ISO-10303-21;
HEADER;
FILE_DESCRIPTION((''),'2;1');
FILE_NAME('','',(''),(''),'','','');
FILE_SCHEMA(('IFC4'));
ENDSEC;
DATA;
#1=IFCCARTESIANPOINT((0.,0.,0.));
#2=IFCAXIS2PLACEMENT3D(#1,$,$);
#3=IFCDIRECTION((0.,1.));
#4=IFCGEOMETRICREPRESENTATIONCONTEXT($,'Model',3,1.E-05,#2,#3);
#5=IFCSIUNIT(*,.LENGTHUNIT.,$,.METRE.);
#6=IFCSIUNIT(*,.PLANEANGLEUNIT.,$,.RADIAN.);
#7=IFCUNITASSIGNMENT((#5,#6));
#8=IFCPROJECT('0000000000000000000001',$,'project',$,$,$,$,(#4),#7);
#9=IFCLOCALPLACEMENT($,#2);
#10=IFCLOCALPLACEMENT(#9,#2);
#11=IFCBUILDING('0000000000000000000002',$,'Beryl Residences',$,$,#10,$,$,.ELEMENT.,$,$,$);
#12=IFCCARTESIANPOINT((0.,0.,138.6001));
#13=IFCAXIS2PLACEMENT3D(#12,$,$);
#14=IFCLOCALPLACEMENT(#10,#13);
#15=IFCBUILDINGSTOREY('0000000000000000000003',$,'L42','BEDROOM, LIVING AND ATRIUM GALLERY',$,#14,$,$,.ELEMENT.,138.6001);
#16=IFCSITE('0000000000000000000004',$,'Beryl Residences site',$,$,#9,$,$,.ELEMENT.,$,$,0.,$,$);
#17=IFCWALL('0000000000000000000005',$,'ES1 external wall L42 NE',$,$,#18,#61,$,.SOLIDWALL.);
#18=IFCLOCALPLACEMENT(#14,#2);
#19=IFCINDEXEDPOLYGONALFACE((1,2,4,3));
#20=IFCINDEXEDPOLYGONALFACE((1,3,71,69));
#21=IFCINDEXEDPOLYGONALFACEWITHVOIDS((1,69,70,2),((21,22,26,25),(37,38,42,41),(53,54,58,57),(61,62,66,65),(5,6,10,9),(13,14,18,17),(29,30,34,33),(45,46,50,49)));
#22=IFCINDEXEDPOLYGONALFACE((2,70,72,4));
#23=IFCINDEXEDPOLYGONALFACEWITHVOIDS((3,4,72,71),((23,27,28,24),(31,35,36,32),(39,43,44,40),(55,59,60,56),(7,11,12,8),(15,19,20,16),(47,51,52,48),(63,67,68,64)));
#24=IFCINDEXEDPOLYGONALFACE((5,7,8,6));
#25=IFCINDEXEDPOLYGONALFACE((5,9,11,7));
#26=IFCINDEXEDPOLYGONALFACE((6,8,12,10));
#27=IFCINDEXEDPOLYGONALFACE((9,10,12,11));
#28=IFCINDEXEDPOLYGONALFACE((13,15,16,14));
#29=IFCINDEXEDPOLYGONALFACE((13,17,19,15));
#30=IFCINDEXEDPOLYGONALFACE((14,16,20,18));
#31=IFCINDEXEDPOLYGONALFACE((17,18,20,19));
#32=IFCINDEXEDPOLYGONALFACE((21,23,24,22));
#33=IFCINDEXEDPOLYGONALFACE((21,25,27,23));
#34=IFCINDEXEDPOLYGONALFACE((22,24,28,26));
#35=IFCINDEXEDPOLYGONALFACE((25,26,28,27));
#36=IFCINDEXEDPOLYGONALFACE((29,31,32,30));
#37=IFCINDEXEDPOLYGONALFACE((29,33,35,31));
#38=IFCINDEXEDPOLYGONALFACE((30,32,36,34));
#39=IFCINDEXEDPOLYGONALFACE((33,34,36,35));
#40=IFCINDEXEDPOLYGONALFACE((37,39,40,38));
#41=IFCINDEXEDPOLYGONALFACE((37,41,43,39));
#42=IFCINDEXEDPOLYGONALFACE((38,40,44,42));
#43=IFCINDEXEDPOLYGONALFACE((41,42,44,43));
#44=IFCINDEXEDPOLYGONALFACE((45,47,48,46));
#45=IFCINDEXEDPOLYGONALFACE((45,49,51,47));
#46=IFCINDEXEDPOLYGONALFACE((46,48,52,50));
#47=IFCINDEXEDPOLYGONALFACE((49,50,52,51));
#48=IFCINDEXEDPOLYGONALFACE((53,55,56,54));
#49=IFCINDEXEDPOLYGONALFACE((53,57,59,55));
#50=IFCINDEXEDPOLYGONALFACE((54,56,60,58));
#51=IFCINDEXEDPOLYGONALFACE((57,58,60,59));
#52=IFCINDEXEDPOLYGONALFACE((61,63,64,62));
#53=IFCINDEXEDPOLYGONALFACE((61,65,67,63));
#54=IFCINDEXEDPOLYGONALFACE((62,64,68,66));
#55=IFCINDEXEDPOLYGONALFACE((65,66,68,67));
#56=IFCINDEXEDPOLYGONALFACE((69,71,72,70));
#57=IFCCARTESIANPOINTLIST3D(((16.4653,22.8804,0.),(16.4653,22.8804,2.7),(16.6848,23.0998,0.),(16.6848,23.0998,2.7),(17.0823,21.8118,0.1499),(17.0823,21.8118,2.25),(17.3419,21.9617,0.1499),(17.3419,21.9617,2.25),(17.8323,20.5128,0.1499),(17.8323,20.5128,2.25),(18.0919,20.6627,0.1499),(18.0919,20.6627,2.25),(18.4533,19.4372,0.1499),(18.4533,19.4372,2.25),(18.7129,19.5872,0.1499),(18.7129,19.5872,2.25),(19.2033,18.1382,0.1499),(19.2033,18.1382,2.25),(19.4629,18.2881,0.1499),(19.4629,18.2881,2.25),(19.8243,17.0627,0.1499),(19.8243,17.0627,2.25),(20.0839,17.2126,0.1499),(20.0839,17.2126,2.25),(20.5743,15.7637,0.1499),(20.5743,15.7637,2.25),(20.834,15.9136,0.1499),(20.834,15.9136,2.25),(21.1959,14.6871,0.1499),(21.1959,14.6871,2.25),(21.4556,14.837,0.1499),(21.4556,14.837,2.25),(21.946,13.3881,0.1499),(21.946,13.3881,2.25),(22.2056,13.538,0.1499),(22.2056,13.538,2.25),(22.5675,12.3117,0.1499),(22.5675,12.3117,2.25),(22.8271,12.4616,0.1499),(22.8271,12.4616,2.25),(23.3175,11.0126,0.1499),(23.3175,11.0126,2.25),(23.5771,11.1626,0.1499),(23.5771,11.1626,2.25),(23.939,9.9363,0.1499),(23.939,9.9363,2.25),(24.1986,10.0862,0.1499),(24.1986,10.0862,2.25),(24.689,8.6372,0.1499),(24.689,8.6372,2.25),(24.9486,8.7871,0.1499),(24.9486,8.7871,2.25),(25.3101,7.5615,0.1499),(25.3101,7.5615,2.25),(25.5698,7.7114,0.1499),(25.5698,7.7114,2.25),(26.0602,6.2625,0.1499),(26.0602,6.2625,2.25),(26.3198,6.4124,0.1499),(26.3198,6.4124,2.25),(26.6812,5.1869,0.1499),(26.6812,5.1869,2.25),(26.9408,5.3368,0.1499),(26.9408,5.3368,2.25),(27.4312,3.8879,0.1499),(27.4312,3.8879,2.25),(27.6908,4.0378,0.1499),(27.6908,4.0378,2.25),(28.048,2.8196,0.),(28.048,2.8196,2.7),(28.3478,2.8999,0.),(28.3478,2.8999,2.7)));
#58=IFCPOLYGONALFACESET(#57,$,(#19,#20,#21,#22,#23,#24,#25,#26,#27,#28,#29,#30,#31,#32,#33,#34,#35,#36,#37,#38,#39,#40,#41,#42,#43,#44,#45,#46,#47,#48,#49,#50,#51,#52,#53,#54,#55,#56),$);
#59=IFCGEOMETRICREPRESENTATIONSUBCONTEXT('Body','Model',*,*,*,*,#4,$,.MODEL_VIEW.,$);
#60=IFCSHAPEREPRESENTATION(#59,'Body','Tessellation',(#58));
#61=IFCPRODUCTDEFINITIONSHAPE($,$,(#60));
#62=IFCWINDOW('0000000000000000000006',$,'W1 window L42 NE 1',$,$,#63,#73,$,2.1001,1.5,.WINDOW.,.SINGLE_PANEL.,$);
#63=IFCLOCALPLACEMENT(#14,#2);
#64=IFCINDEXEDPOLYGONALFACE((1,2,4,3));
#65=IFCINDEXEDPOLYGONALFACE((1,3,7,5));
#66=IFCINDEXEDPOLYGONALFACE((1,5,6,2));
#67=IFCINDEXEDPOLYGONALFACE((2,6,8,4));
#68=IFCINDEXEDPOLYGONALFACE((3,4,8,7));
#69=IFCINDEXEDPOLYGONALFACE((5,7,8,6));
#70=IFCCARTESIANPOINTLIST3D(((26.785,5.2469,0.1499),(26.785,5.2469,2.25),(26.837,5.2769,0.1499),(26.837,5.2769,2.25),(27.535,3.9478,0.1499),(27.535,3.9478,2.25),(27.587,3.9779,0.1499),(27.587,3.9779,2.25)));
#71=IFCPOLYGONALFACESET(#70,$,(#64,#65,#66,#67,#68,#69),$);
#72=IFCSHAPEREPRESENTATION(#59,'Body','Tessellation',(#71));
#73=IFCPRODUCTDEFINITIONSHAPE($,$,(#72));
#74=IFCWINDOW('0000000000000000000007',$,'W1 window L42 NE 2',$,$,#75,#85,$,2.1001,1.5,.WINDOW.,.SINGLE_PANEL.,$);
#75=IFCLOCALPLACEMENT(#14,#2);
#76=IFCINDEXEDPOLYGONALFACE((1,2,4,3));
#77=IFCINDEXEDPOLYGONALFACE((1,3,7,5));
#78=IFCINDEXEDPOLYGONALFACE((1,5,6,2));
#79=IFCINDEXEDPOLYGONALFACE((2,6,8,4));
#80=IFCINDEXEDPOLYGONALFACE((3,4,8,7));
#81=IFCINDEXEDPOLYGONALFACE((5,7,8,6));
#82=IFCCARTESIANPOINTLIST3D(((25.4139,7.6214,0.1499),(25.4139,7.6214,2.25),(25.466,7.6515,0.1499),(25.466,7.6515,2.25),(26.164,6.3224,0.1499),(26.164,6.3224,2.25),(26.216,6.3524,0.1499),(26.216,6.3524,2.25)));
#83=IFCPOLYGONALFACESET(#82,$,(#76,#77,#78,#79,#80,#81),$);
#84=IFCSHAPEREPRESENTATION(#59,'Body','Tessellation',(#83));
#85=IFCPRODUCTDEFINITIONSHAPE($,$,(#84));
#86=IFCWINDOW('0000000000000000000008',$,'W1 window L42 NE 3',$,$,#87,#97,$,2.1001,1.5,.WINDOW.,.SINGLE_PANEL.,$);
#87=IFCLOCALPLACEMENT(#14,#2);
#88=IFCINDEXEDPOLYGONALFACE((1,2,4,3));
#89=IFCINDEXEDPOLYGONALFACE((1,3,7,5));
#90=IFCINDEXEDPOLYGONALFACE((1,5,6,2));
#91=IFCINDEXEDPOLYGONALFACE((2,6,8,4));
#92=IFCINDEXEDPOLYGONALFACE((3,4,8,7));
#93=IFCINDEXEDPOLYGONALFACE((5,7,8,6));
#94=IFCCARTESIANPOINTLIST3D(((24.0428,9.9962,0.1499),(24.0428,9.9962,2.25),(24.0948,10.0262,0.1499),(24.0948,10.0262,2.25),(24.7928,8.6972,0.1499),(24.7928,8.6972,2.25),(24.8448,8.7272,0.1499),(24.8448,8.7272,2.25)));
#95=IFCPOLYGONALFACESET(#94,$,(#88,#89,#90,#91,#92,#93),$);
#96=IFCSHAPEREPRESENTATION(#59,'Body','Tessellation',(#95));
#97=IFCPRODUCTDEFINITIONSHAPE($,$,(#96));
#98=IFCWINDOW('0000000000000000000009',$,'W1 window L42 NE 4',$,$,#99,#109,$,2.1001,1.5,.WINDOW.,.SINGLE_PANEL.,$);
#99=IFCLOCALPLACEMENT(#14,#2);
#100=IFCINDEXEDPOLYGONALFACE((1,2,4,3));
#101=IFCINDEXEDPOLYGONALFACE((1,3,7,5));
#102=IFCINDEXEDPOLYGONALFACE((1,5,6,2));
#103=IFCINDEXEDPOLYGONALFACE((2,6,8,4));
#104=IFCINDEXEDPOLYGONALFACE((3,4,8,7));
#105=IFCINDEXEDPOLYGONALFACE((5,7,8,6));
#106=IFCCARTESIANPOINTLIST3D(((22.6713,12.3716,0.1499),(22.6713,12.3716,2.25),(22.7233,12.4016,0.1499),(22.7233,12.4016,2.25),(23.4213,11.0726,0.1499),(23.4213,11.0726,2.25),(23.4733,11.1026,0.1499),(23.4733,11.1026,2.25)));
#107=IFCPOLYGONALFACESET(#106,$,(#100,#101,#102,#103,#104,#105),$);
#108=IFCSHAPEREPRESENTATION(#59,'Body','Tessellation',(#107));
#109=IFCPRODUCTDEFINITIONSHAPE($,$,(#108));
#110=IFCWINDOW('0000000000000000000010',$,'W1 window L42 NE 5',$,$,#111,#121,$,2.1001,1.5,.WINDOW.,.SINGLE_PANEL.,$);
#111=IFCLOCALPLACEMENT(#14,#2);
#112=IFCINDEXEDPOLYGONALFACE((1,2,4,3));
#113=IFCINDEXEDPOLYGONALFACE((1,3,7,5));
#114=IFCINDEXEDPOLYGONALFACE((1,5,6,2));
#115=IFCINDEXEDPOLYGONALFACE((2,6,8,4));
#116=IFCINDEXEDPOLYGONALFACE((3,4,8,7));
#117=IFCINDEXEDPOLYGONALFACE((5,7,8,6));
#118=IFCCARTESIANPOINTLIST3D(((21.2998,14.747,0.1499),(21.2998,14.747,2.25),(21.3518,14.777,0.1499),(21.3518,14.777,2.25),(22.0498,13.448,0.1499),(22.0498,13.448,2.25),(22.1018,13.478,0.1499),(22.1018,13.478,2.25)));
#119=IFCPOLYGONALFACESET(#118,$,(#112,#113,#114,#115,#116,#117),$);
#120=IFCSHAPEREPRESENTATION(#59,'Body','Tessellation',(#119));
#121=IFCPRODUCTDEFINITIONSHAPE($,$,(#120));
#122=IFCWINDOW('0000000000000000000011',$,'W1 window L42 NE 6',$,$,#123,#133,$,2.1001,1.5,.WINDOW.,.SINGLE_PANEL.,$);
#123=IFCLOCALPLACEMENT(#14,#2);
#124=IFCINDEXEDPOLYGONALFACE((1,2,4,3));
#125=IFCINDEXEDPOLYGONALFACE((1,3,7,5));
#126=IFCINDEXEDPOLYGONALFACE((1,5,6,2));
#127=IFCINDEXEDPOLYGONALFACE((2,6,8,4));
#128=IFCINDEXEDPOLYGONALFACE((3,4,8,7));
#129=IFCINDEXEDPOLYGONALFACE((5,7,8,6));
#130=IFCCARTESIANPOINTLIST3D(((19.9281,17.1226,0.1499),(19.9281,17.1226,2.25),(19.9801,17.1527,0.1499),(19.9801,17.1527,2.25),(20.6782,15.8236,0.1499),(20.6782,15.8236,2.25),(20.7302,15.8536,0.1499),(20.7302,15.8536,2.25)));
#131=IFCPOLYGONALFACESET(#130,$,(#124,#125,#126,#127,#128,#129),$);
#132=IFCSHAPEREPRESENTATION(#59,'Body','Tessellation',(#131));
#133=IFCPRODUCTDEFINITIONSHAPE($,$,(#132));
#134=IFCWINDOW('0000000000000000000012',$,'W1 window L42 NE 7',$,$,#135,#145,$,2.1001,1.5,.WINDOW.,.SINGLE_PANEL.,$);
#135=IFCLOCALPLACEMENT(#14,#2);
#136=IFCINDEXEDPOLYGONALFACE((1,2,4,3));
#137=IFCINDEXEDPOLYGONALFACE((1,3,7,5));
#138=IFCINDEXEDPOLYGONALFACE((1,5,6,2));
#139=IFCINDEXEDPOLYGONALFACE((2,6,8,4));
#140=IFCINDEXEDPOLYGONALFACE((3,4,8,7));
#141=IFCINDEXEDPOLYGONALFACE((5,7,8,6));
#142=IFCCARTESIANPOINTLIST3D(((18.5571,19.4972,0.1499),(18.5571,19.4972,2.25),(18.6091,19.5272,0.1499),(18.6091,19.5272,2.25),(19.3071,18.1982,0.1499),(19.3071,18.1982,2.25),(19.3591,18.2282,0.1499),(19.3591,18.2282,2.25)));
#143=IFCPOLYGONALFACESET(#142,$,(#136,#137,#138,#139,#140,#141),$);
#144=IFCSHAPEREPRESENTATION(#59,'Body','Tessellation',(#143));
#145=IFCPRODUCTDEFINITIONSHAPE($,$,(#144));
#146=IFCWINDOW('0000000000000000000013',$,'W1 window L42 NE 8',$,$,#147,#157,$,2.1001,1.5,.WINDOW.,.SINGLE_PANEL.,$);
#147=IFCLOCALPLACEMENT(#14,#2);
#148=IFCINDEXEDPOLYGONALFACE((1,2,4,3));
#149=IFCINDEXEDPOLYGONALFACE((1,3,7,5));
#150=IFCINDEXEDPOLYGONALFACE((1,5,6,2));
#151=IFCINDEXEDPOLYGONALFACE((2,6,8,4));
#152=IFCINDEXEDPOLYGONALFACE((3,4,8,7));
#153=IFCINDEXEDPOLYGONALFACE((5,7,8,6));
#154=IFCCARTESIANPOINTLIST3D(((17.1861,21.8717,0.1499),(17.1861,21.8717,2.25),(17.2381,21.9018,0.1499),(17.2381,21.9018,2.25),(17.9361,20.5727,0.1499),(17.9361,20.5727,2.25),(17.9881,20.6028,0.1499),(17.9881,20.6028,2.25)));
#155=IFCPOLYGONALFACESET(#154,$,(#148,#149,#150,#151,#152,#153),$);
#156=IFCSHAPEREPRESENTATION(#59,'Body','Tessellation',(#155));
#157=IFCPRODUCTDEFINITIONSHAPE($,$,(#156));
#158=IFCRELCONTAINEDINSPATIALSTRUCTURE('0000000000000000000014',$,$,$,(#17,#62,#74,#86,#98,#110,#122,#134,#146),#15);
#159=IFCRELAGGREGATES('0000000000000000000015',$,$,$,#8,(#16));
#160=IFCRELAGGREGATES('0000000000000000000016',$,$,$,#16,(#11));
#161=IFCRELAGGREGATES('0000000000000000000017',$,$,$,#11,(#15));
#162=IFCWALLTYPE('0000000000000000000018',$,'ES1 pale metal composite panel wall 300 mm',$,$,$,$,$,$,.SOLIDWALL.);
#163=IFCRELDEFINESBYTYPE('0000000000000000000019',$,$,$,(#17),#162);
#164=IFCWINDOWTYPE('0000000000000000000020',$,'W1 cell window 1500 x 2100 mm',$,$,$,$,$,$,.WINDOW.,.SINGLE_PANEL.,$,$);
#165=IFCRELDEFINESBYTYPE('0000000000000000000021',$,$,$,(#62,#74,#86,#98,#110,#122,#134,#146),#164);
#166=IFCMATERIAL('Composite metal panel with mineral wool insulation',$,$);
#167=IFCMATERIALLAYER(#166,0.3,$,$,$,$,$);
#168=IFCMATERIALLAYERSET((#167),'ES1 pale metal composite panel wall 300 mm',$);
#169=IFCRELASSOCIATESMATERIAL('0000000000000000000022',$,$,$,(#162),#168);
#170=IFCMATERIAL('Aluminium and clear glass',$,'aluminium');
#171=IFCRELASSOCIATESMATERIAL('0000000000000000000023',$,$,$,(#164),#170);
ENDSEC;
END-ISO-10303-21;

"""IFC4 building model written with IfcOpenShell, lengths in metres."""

from ifc_helpers import new_model, si_unit, direction, frame, frame_2d, origin, place, context, subcontext, project, spatial, polyline, rectangle, outline, extrude, material, layer, layer_set, type_object, element, fill, save


model = new_model("IFC4")

# Units and contexts
model_context = context("Model", 3, precision=1e-05, world=origin(), true_north=direction((0.0, 1.0)))
body_context = subcontext(model_context, "Body", "Model", "MODEL_VIEW")
ifc_project = project(units=[si_unit("LENGTHUNIT", "METRE"), si_unit("PLANEANGLEUNIT", "RADIAN")], contexts=[model_context])

# Site, building, storey
site_placement = place(None, origin())
site = spatial("IfcSite", under=ifc_project, at=site_placement, Name="Beryl Residences site", CompositionType="ELEMENT", RefElevation=0.0)
building_placement = place(site_placement, origin())
building = spatial("IfcBuilding", under=site, at=building_placement, Name="Beryl Residences", CompositionType="ELEMENT")
storey_placement = place(building_placement, frame((0.0, 0.0, 138.6001)))
storey = spatial("IfcBuildingStorey", under=building, at=storey_placement, Name="L42", Description="BEDROOM, LIVING AND ATRIUM GALLERY", CompositionType="ELEMENT", Elevation=138.6001)

# Wall, openings, windows
ifc_material_1 = material(Name="Composite metal panel with mineral wool insulation")
ifc_layer = layer(ifc_material_1, 0.3)
ifc_layer_set = layer_set([ifc_layer], Name="ES1 pale metal composite panel wall 300 mm")
wall_type = type_object("IfcWallType", Name="ES1 pale metal composite panel wall 300 mm", PredefinedType="SOLIDWALL", material=ifc_layer_set)
wall_1_placement = place(storey_placement, frame((28.218, 2.825, 0.0), z_axis=(0.0, 0.0, 1.0), x_axis=(-0.500021, 0.866014, 0.0)))
wall_1 = element("IfcWall", 1, at=wall_1_placement, inside=storey, type_object=wall_type, Name="ES1 external wall L42 NE", PredefinedType="SOLIDWALL", context=body_context, shape_type="SweptSolid", body=[
    extrude(outline(polyline([(0.0, -0.1499), (23.3252, -0.1499), (23.2449, 0.1499), (0.0803, 0.1499), (0.0, -0.1499)])), origin(), (0.0, 0.0, 1.0), 2.7),
])
opening_1_placement = place(wall_1_placement, frame((1.314, 0.0, 0.1499)))
opening_1 = element("IfcOpeningElement", 2, at=opening_1_placement, cuts=wall_1, PredefinedType="OPENING", context=body_context, shape_type="SweptSolid", body=[
    extrude(rectangle(XDim=1.5, YDim=2.1001, at=frame_2d((0.75, 1.05))), frame((0.0, 0.1599, 0.0), z_axis=(0.0, -1.0, 0.0), x_axis=(1.0, 0.0, 0.0)), (0.0, 0.0, 1.0), 0.3201),
])
opening_2_placement = place(wall_1_placement, frame((4.0559, 0.0, 0.1499)))
opening_2 = element("IfcOpeningElement", 3, at=opening_2_placement, cuts=wall_1, PredefinedType="OPENING", context=body_context, shape_type="SweptSolid", body=[
    extrude(rectangle(XDim=1.5, YDim=2.1001, at=frame_2d((0.75, 1.05))), frame((0.0, 0.1599, 0.0), z_axis=(0.0, -1.0, 0.0), x_axis=(1.0, 0.0, 0.0)), (0.0, 0.0, 1.0), 0.3201),
])
opening_3_placement = place(wall_1_placement, frame((6.7981, 0.0, 0.1499)))
opening_3 = element("IfcOpeningElement", 4, at=opening_3_placement, cuts=wall_1, PredefinedType="OPENING", context=body_context, shape_type="SweptSolid", body=[
    extrude(rectangle(XDim=1.5, YDim=2.1001, at=frame_2d((0.75, 1.05))), frame((0.0, 0.1599, 0.0), z_axis=(0.0, -1.0, 0.0), x_axis=(1.0, 0.0, 0.0)), (0.0, 0.0, 1.0), 0.3201),
])
opening_4_placement = place(wall_1_placement, frame((9.541, 0.0, 0.1499)))
opening_4 = element("IfcOpeningElement", 5, at=opening_4_placement, cuts=wall_1, PredefinedType="OPENING", context=body_context, shape_type="SweptSolid", body=[
    extrude(rectangle(XDim=1.5, YDim=2.1001, at=frame_2d((0.75, 1.05))), frame((0.0, 0.1599, 0.0), z_axis=(0.0, -1.0, 0.0), x_axis=(1.0, 0.0, 0.0)), (0.0, 0.0, 1.0), 0.3201),
])
opening_5_placement = place(wall_1_placement, frame((12.2839, 0.0, 0.1499)))
opening_5 = element("IfcOpeningElement", 6, at=opening_5_placement, cuts=wall_1, PredefinedType="OPENING", context=body_context, shape_type="SweptSolid", body=[
    extrude(rectangle(XDim=1.5, YDim=2.1001, at=frame_2d((0.75, 1.05))), frame((0.0, 0.1599, 0.0), z_axis=(0.0, -1.0, 0.0), x_axis=(1.0, 0.0, 0.0)), (0.0, 0.0, 1.0), 0.3201),
])
opening_6_placement = place(wall_1_placement, frame((15.0271, 0.0, 0.1499)))
opening_6 = element("IfcOpeningElement", 7, at=opening_6_placement, cuts=wall_1, PredefinedType="OPENING", context=body_context, shape_type="SweptSolid", body=[
    extrude(rectangle(XDim=1.5, YDim=2.1001, at=frame_2d((0.75, 1.05))), frame((0.0, 0.1599, 0.0), z_axis=(0.0, -1.0, 0.0), x_axis=(1.0, 0.0, 0.0)), (0.0, 0.0, 1.0), 0.3201),
])
opening_7_placement = place(wall_1_placement, frame((17.769, 0.0, 0.1499)))
opening_7 = element("IfcOpeningElement", 8, at=opening_7_placement, cuts=wall_1, PredefinedType="OPENING", context=body_context, shape_type="SweptSolid", body=[
    extrude(rectangle(XDim=1.5, YDim=2.1001, at=frame_2d((0.75, 1.05))), frame((0.0, 0.1599, 0.0), z_axis=(0.0, -1.0, 0.0), x_axis=(1.0, 0.0, 0.0)), (0.0, 0.0, 1.0), 0.3201),
])
opening_8_placement = place(wall_1_placement, frame((20.511, 0.0, 0.1499)))
opening_8 = element("IfcOpeningElement", 9, at=opening_8_placement, cuts=wall_1, PredefinedType="OPENING", context=body_context, shape_type="SweptSolid", body=[
    extrude(rectangle(XDim=1.5, YDim=2.1001, at=frame_2d((0.75, 1.05))), frame((0.0, 0.1599, 0.0), z_axis=(0.0, -1.0, 0.0), x_axis=(1.0, 0.0, 0.0)), (0.0, 0.0, 1.0), 0.3201),
])
ifc_material_2 = material(Name="Aluminium and clear glass", Category="aluminium")
window_type_1 = type_object("IfcWindowType", Name="W1 cell window 1500 x 2100 mm", PartitioningType="SINGLE_PANEL", PredefinedType="WINDOW", material=ifc_material_2)
window_1_placement = place(opening_1_placement, origin())
window_1 = element("IfcWindow", 10, at=window_1_placement, inside=storey, type_object=window_type_1, Name="W1 window L42 NE 1", OverallHeight=2.1001, OverallWidth=1.5, PartitioningType="SINGLE_PANEL", PredefinedType="WINDOW", context=body_context, shape_type="SweptSolid", body=[
    extrude(rectangle(XDim=1.5, YDim=2.1001, at=frame_2d((0.75, 1.05))), frame((0.0, 0.03, 0.0), z_axis=(0.0, -1.0, 0.0), x_axis=(1.0, 0.0, 0.0)), (0.0, 0.0, 1.0), 0.0601),
])
fill(opening_1, window_1)
window_2_placement = place(opening_2_placement, origin())
window_2 = element("IfcWindow", 11, at=window_2_placement, inside=storey, type_object=window_type_1, Name="W1 window L42 NE 2", OverallHeight=2.1001, OverallWidth=1.5, PartitioningType="SINGLE_PANEL", PredefinedType="WINDOW", context=body_context, shape_type="SweptSolid", body=[
    extrude(rectangle(XDim=1.5, YDim=2.1001, at=frame_2d((0.75, 1.05))), frame((0.0, 0.03, 0.0), z_axis=(0.0, -1.0, 0.0), x_axis=(1.0, 0.0, 0.0)), (0.0, 0.0, 1.0), 0.0601),
])
fill(opening_2, window_2)
window_3_placement = place(opening_3_placement, origin())
window_3 = element("IfcWindow", 12, at=window_3_placement, inside=storey, type_object=window_type_1, Name="W1 window L42 NE 3", OverallHeight=2.1001, OverallWidth=1.5, PartitioningType="SINGLE_PANEL", PredefinedType="WINDOW", context=body_context, shape_type="SweptSolid", body=[
    extrude(rectangle(XDim=1.5, YDim=2.1001, at=frame_2d((0.75, 1.05))), frame((0.0, 0.03, 0.0), z_axis=(0.0, -1.0, 0.0), x_axis=(1.0, 0.0, 0.0)), (0.0, 0.0, 1.0), 0.0601),
])
fill(opening_3, window_3)
window_4_placement = place(opening_4_placement, origin())
window_4 = element("IfcWindow", 13, at=window_4_placement, inside=storey, type_object=window_type_1, Name="W1 window L42 NE 4", OverallHeight=2.1001, OverallWidth=1.5, PartitioningType="SINGLE_PANEL", PredefinedType="WINDOW", context=body_context, shape_type="SweptSolid", body=[
    extrude(rectangle(XDim=1.5, YDim=2.1001, at=frame_2d((0.75, 1.05))), frame((0.0, 0.03, 0.0), z_axis=(0.0, -1.0, 0.0), x_axis=(1.0, 0.0, 0.0)), (0.0, 0.0, 1.0), 0.0601),
])
fill(opening_4, window_4)
window_5_placement = place(opening_5_placement, origin())
window_5 = element("IfcWindow", 14, at=window_5_placement, inside=storey, type_object=window_type_1, Name="W1 window L42 NE 5", OverallHeight=2.1001, OverallWidth=1.5, PartitioningType="SINGLE_PANEL", PredefinedType="WINDOW", context=body_context, shape_type="SweptSolid", body=[
    extrude(rectangle(XDim=1.5, YDim=2.1001, at=frame_2d((0.75, 1.05))), frame((0.0, 0.03, 0.0), z_axis=(0.0, -1.0, 0.0), x_axis=(1.0, 0.0, 0.0)), (0.0, 0.0, 1.0), 0.0601),
])
fill(opening_5, window_5)
window_6_placement = place(opening_6_placement, origin())
window_6 = element("IfcWindow", 15, at=window_6_placement, inside=storey, type_object=window_type_1, Name="W1 window L42 NE 6", OverallHeight=2.1001, OverallWidth=1.5, PartitioningType="SINGLE_PANEL", PredefinedType="WINDOW", context=body_context, shape_type="SweptSolid", body=[
    extrude(rectangle(XDim=1.5, YDim=2.1001, at=frame_2d((0.75, 1.05))), frame((0.0, 0.03, 0.0), z_axis=(0.0, -1.0, 0.0), x_axis=(1.0, 0.0, 0.0)), (0.0, 0.0, 1.0), 0.0601),
])
fill(opening_6, window_6)
window_7_placement = place(opening_7_placement, origin())
window_7 = element("IfcWindow", 16, at=window_7_placement, inside=storey, type_object=window_type_1, Name="W1 window L42 NE 7", OverallHeight=2.1001, OverallWidth=1.5, PartitioningType="SINGLE_PANEL", PredefinedType="WINDOW", context=body_context, shape_type="SweptSolid", body=[
    extrude(rectangle(XDim=1.5, YDim=2.1001, at=frame_2d((0.75, 1.05))), frame((0.0, 0.03, 0.0), z_axis=(0.0, -1.0, 0.0), x_axis=(1.0, 0.0, 0.0)), (0.0, 0.0, 1.0), 0.0601),
])
fill(opening_7, window_7)
window_8_placement = place(opening_8_placement, origin())
window_8 = element("IfcWindow", 17, at=window_8_placement, inside=storey, type_object=window_type_1, Name="W1 window L42 NE 8", OverallHeight=2.1001, OverallWidth=1.5, PartitioningType="SINGLE_PANEL", PredefinedType="WINDOW", context=body_context, shape_type="SweptSolid", body=[
    extrude(rectangle(XDim=1.5, YDim=2.1001, at=frame_2d((0.75, 1.05))), frame((0.0, 0.03, 0.0), z_axis=(0.0, -1.0, 0.0), x_axis=(1.0, 0.0, 0.0)), (0.0, 0.0, 1.0), 0.0601),
])
fill(opening_8, window_8)

save(model, "model.ifc")
